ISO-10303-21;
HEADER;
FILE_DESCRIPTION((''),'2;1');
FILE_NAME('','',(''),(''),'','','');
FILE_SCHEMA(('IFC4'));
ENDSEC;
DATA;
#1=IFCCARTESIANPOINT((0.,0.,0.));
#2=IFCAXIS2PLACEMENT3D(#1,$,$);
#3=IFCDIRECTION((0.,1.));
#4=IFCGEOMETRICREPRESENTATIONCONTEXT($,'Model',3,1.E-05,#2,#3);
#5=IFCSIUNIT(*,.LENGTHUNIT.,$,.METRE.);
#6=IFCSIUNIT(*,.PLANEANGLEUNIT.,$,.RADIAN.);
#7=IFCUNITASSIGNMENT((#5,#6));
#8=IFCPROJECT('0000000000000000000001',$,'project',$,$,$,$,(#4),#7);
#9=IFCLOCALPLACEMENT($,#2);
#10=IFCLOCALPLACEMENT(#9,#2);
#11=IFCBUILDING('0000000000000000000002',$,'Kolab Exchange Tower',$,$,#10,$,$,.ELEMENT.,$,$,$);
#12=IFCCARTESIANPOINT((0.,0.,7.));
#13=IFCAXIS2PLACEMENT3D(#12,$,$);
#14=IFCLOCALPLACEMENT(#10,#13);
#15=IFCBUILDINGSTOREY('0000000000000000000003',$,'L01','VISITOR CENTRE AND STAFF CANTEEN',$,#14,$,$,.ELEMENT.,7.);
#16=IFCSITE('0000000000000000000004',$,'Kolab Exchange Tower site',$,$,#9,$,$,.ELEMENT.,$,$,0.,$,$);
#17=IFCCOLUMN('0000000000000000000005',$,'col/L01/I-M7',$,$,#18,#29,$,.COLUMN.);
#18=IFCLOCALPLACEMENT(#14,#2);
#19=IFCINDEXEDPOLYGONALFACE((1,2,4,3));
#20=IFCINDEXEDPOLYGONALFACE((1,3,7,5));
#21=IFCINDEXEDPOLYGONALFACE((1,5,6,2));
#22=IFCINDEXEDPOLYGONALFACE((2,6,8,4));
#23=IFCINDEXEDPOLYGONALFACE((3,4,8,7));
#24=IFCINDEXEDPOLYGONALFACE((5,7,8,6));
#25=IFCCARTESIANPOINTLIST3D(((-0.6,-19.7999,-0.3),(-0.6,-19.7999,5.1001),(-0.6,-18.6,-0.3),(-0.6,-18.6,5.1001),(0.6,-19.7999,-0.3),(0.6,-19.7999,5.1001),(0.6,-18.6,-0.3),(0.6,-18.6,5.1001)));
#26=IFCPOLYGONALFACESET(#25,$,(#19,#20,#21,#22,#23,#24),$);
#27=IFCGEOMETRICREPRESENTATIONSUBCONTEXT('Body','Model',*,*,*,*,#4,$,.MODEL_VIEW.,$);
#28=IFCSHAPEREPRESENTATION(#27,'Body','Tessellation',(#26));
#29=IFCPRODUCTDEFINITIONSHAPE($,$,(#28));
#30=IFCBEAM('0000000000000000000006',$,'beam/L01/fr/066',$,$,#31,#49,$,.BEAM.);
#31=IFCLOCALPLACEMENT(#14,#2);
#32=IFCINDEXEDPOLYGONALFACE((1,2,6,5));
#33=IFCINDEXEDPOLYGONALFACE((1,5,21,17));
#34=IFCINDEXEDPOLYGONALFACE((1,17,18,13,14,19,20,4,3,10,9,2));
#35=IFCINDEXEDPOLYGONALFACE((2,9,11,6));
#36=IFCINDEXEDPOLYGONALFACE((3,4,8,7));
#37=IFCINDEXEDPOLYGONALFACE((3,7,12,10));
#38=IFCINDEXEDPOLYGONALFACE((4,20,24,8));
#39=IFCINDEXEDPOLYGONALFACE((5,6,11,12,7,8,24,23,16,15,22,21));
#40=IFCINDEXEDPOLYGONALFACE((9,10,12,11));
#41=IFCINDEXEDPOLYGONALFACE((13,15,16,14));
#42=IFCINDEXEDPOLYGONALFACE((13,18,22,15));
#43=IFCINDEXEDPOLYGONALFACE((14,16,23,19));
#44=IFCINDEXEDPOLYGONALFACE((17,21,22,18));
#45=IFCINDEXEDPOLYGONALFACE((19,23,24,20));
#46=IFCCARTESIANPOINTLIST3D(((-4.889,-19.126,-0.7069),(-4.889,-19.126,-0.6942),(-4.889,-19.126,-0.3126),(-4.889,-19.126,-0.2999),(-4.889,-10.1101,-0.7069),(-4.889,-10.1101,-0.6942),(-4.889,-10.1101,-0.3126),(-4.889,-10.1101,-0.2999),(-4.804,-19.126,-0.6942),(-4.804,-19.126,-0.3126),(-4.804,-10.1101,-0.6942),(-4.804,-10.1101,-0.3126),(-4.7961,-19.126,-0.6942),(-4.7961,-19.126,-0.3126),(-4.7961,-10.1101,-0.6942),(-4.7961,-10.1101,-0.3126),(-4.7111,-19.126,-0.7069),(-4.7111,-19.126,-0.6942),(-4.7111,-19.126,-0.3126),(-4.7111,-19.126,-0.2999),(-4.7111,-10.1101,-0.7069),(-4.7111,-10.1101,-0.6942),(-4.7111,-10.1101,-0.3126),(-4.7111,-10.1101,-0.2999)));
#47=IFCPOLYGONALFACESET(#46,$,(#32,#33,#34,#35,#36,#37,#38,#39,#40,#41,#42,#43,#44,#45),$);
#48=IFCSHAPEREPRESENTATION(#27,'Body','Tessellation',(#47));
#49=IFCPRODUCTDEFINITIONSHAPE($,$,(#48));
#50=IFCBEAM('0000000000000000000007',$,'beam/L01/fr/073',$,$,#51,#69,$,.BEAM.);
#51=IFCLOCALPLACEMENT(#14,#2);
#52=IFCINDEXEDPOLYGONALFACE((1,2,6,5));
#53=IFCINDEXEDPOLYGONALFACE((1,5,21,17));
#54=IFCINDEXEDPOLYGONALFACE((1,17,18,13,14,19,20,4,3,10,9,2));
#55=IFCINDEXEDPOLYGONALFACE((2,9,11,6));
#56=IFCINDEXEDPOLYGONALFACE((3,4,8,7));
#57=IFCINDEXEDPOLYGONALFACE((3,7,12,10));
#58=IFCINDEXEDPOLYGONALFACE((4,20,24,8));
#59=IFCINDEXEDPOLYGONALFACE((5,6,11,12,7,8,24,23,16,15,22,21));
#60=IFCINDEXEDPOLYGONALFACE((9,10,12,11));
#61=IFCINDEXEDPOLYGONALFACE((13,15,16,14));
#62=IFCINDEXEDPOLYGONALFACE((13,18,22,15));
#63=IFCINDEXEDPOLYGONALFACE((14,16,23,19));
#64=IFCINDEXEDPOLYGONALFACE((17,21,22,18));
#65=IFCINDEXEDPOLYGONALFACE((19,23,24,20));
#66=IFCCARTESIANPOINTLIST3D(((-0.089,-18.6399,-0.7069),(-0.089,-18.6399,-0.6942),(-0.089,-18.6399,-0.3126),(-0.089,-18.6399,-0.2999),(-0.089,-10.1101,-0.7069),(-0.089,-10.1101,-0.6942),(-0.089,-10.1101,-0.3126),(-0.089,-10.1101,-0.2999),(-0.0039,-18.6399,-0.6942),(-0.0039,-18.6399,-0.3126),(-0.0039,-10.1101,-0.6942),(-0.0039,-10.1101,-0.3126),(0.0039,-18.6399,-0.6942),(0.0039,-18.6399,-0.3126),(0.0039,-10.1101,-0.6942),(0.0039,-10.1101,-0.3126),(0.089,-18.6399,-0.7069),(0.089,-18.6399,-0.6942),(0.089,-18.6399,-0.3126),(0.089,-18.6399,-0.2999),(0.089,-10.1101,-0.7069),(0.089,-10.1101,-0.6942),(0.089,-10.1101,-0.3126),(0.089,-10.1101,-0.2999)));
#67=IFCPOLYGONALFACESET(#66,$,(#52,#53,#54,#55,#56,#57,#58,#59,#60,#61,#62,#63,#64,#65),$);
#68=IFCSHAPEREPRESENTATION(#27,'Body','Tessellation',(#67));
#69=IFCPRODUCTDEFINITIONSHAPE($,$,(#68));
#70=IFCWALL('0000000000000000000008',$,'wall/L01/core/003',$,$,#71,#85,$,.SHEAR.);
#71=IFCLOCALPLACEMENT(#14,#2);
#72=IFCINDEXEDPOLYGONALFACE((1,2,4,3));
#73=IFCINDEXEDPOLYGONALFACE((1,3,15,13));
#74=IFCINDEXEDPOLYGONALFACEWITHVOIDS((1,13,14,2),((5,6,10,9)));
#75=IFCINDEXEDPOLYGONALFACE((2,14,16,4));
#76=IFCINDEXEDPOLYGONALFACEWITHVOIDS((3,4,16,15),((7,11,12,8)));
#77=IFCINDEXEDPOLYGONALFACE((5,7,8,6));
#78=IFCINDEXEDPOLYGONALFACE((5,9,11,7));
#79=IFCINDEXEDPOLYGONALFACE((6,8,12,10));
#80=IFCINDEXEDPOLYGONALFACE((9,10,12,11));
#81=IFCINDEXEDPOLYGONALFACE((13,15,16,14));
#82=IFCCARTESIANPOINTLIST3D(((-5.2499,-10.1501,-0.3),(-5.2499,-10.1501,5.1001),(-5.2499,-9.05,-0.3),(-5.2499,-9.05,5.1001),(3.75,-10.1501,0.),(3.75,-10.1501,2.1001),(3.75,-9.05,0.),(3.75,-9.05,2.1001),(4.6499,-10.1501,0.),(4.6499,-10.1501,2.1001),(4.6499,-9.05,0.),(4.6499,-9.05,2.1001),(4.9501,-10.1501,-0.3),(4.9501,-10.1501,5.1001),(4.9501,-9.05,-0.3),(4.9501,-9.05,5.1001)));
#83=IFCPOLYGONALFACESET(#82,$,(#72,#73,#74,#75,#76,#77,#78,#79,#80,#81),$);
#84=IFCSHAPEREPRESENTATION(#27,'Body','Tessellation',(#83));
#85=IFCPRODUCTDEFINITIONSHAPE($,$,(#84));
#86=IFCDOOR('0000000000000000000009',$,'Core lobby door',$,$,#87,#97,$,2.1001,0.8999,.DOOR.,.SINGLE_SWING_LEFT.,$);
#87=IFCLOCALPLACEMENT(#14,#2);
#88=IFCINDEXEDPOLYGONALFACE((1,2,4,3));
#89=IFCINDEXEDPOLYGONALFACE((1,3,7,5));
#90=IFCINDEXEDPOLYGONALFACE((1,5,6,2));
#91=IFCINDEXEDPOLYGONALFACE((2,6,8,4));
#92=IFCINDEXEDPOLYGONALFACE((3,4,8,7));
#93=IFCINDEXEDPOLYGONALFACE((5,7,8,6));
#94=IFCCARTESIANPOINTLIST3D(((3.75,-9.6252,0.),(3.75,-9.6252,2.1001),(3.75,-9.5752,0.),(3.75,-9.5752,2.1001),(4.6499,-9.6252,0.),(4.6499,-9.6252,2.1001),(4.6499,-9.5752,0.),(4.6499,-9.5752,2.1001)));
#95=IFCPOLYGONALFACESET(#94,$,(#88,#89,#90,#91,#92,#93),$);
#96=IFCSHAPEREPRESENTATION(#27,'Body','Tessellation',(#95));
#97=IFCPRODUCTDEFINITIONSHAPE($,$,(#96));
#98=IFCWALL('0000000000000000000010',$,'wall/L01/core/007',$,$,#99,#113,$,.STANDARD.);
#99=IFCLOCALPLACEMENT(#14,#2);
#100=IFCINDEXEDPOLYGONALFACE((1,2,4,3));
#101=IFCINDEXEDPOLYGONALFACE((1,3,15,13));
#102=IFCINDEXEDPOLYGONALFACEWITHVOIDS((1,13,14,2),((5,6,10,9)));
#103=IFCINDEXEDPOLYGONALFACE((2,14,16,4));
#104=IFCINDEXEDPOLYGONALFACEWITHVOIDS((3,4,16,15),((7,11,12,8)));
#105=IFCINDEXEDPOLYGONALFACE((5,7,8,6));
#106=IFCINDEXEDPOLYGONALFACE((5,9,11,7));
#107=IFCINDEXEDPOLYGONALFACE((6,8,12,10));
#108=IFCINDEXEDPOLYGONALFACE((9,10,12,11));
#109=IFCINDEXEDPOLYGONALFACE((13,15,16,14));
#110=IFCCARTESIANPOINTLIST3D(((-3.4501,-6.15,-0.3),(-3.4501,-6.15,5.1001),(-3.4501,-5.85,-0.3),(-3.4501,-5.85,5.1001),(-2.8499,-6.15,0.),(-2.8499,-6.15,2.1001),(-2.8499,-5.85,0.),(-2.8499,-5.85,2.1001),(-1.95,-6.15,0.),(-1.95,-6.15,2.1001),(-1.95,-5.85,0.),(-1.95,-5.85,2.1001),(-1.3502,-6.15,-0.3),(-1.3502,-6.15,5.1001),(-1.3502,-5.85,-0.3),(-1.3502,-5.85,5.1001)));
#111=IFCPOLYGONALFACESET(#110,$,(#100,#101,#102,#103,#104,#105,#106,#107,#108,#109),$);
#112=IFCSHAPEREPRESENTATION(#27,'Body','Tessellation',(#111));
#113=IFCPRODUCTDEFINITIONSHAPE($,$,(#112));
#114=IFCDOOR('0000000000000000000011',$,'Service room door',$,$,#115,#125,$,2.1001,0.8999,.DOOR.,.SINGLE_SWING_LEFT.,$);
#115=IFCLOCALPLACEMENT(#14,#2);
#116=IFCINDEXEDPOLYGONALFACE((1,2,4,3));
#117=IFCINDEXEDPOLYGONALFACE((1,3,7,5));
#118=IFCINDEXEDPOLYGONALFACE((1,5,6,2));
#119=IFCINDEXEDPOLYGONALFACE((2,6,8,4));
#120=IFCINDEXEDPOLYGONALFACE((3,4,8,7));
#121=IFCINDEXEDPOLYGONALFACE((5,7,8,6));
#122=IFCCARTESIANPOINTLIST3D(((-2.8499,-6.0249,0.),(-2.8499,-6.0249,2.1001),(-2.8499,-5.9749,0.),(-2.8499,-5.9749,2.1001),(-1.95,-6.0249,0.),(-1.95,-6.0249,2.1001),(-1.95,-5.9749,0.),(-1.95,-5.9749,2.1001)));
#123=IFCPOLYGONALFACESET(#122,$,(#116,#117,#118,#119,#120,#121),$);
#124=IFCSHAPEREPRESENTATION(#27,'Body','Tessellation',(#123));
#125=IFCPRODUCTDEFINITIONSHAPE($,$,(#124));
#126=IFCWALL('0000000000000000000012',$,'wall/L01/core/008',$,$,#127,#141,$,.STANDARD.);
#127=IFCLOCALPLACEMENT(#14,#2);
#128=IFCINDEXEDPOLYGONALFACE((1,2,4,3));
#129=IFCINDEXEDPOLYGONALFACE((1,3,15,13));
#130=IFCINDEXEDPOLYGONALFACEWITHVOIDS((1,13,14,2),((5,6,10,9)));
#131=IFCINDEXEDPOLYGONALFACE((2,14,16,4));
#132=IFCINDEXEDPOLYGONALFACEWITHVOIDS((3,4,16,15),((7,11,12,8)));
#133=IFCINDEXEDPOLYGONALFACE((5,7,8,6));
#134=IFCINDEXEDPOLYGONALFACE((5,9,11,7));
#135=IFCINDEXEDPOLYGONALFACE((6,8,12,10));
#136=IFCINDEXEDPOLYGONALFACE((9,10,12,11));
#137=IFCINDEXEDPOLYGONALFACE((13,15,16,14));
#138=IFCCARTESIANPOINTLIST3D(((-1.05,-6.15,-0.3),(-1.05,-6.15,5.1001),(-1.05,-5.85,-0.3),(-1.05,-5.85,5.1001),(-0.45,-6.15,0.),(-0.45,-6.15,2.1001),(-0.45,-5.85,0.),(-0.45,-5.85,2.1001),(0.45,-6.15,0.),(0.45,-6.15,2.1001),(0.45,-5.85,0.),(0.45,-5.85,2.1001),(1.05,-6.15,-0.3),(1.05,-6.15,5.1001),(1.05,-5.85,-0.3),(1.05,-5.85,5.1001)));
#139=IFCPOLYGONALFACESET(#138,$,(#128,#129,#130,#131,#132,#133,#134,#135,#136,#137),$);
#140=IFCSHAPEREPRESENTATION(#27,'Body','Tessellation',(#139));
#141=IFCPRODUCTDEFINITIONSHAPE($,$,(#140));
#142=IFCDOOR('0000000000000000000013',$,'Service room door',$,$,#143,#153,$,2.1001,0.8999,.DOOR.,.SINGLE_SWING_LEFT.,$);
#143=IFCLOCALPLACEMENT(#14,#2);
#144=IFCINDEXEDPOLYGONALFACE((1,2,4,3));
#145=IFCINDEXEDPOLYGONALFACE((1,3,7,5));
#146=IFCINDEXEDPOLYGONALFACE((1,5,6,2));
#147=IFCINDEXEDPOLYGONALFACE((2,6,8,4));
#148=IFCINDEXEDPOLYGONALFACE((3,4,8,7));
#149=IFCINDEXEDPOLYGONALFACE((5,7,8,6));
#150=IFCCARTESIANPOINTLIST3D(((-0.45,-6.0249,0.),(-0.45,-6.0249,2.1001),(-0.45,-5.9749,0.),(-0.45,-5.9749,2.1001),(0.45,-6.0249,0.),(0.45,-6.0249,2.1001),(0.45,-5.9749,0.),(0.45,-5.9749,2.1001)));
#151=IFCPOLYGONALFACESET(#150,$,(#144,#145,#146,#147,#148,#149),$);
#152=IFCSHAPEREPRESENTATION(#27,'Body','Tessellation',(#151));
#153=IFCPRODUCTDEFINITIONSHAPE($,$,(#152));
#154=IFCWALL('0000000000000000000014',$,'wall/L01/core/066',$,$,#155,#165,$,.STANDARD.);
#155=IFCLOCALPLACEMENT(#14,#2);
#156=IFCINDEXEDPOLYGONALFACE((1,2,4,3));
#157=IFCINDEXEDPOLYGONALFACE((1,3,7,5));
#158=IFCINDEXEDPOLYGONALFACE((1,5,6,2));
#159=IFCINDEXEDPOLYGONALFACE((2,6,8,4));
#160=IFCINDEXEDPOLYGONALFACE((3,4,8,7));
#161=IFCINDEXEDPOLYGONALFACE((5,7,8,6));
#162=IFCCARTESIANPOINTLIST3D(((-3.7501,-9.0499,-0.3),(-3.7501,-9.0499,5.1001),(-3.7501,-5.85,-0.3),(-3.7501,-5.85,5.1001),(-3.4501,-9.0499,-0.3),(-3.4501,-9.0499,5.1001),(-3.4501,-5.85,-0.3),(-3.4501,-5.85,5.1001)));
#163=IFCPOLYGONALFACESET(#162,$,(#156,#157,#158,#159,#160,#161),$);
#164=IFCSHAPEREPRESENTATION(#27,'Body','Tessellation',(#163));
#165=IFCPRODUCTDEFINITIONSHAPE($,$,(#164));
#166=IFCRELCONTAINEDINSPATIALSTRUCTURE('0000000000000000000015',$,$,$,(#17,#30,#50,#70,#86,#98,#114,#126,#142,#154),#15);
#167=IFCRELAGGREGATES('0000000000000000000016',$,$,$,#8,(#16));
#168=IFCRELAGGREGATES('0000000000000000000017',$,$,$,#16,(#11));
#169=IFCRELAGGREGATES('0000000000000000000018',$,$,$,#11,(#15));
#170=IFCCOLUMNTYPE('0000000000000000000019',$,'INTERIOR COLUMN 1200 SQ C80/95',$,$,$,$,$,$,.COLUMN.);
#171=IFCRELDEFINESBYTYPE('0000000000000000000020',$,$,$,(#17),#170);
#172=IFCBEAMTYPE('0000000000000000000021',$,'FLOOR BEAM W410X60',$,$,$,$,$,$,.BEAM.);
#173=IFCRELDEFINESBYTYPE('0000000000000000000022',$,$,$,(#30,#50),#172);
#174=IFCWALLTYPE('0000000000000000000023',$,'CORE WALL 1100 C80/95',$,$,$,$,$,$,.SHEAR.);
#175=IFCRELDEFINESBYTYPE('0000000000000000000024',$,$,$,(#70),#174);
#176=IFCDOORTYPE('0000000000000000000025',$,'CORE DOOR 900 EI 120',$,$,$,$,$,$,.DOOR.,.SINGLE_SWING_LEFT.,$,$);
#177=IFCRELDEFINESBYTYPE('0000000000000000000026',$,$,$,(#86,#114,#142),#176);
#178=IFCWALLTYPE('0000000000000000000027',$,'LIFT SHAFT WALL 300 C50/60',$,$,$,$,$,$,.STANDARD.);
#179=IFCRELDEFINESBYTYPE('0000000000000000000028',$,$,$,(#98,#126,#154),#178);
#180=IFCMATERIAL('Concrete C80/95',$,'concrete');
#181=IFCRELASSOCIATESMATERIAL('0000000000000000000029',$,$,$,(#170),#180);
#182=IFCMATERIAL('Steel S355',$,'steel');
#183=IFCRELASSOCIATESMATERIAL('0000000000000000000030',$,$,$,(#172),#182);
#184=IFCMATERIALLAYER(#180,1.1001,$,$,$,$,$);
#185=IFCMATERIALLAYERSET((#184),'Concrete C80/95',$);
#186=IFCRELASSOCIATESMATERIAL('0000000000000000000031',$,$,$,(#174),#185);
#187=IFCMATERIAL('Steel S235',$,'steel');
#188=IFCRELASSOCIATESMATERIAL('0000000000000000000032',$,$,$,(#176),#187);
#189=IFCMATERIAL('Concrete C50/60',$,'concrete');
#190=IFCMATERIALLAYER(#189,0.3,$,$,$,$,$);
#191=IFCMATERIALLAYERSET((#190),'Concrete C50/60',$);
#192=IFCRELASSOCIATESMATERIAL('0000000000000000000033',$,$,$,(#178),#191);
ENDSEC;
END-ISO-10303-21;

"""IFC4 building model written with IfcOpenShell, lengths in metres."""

from ifc_helpers import new_model, si_unit, direction, frame, frame_2d, origin, origin_2d, place, context, subcontext, project, spatial, rectangle, i_section, extrude, material, layer, layer_set, material_profile, profile_set, type_object, element, fill, save


model = new_model("IFC4")

# Units and contexts
model_context = context("Model", 3, precision=1e-05, world=origin(), true_north=direction((0.0, 1.0)))
body_context = subcontext(model_context, "Body", "Model", "MODEL_VIEW")
ifc_project = project(units=[si_unit("LENGTHUNIT", "METRE"), si_unit("PLANEANGLEUNIT", "RADIAN")], contexts=[model_context])

# Site, building, storey
site_placement = place(None, origin())
site = spatial("IfcSite", under=ifc_project, at=site_placement, Name="Kolab Exchange Tower site", CompositionType="ELEMENT", RefElevation=0.0)
building_placement = place(site_placement, origin())
building = spatial("IfcBuilding", under=site, at=building_placement, Name="Kolab Exchange Tower", CompositionType="ELEMENT")
storey_placement = place(building_placement, frame((0.0, 0.0, 7.0)))
storey = spatial("IfcBuildingStorey", under=building, at=storey_placement, Name="L01", Description="VISITOR CENTRE AND STAFF CANTEEN", CompositionType="ELEMENT", Elevation=7.0)

# Column
ifc_material_1 = material(Name="Concrete C80/95", Category="concrete")
ifc_material_profile_1 = material_profile(ifc_material_1, rectangle(XDim=1.2, YDim=1.2, at=origin_2d()), Name="RC1200")
ifc_profile_set_1 = profile_set([ifc_material_profile_1], Name="Concrete C80/95")
column_type = type_object("IfcColumnType", Name="INTERIOR COLUMN 1200 SQ C80/95", PredefinedType="COLUMN", material=ifc_profile_set_1)
column_placement = place(storey_placement, frame((0.0, -19.2, -0.3), z_axis=(0.0, 0.0, 1.0), x_axis=(1.0, 0.0, 0.0)))
element("IfcColumn", 1, at=column_placement, inside=storey, type_object=column_type, Name="col/L01/I-M7", PredefinedType="COLUMN", context=body_context, shape_type="SweptSolid", body=[
    extrude(rectangle(XDim=1.2, YDim=1.2, at=origin_2d()), origin(), (0.0, 0.0, 1.0), 5.4001),
])

# Beams
ifc_material_2 = material(Name="Steel S355", Category="steel")
ifc_material_profile_2 = material_profile(ifc_material_2, i_section(OverallWidth=0.178, OverallDepth=0.407, WebThickness=0.0078, FlangeThickness=0.0127, at=origin_2d()), Name="W410X60")
ifc_profile_set_2 = profile_set([ifc_material_profile_2], Name="Steel S355")
beam_type = type_object("IfcBeamType", Name="FLOOR BEAM W410X60", PredefinedType="BEAM", material=ifc_profile_set_2)
beam_1_placement = place(storey_placement, frame((-4.8, -19.126, -0.5034), z_axis=(0.0, 1.0, 0.0), x_axis=(-1.0, 0.0, 0.0)))
element("IfcBeam", 2, at=beam_1_placement, inside=storey, type_object=beam_type, Name="beam/L01/fr/066", PredefinedType="BEAM", context=body_context, shape_type="SweptSolid", body=[
    extrude(i_section(OverallWidth=0.178, OverallDepth=0.407, WebThickness=0.0078, FlangeThickness=0.0127, at=origin_2d()), origin(), (0.0, 0.0, 1.0), 9.0159),
])
beam_2_placement = place(storey_placement, frame((0.0, -18.6399, -0.5034), z_axis=(0.0, 1.0, 0.0), x_axis=(-1.0, 0.0, 0.0)))
element("IfcBeam", 3, at=beam_2_placement, inside=storey, type_object=beam_type, Name="beam/L01/fr/073", PredefinedType="BEAM", context=body_context, shape_type="SweptSolid", body=[
    extrude(i_section(OverallWidth=0.178, OverallDepth=0.407, WebThickness=0.0078, FlangeThickness=0.0127, at=origin_2d()), origin(), (0.0, 0.0, 1.0), 8.5298),
])

# Walls, openings, doors
ifc_layer_1 = layer(ifc_material_1, 1.1001)
ifc_layer_set_1 = layer_set([ifc_layer_1], Name="Concrete C80/95")
wall_type_1 = type_object("IfcWallType", Name="CORE WALL 1100 C80/95", PredefinedType="SHEAR", material=ifc_layer_set_1)
wall_1_placement = place(storey_placement, frame((-5.25, -9.6001, -0.3), z_axis=(0.0, 0.0, 1.0), x_axis=(1.0, 0.0, 0.0)))
wall_1 = element("IfcWall", 4, at=wall_1_placement, inside=storey, type_object=wall_type_1, Name="wall/L01/core/003", PredefinedType="SHEAR", context=body_context, shape_type="SweptSolid", body=[
    extrude(rectangle(XDim=10.2, YDim=1.1001, at=frame_2d((5.1001, 0.0))), origin(), (0.0, 0.0, 1.0), 5.4001),
])
opening_1_placement = place(wall_1_placement, frame((9.0, 0.0, 0.3)))
opening_1 = element("IfcOpeningElement", 5, at=opening_1_placement, cuts=wall_1, PredefinedType="OPENING", context=body_context, shape_type="SweptSolid", body=[
    extrude(rectangle(XDim=0.8999, YDim=2.1001, at=frame_2d((0.45, 1.05))), frame((0.0, 0.5601, 0.0), z_axis=(0.0, -1.0, 0.0), x_axis=(1.0, 0.0, 0.0)), (0.0, 0.0, 1.0), 1.1201),
])
ifc_material_3 = material(Name="Steel S235", Category="steel")
door_type_1 = type_object("IfcDoorType", Name="CORE DOOR 900 EI 120", OperationType="SINGLE_SWING_LEFT", PredefinedType="DOOR", material=ifc_material_3)
door_1_placement = place(opening_1_placement, origin())
door_1 = element("IfcDoor", 6, at=door_1_placement, inside=storey, type_object=door_type_1, Name="Core lobby door", OperationType="SINGLE_SWING_LEFT", OverallHeight=2.1001, OverallWidth=0.8999, PredefinedType="DOOR", context=body_context, shape_type="SweptSolid", body=[
    extrude(rectangle(XDim=0.8999, YDim=2.1001, at=frame_2d((0.45, 1.05))), frame((0.0, 0.0249, 0.0), z_axis=(0.0, -1.0, 0.0), x_axis=(1.0, 0.0, 0.0)), (0.0, 0.0, 1.0), 0.05),
])
fill(opening_1, door_1)
ifc_material_4 = material(Name="Concrete C50/60", Category="concrete")
ifc_layer_2 = layer(ifc_material_4, 0.3)
ifc_layer_set_2 = layer_set([ifc_layer_2], Name="Concrete C50/60")
wall_type_2 = type_object("IfcWallType", Name="LIFT SHAFT WALL 300 C50/60", PredefinedType="STANDARD", material=ifc_layer_set_2)
wall_2_placement = place(storey_placement, frame((-3.45, -6.0, -0.3), z_axis=(0.0, 0.0, 1.0), x_axis=(1.0, 0.0, 0.0)))
wall_2 = element("IfcWall", 7, at=wall_2_placement, inside=storey, type_object=wall_type_2, Name="wall/L01/core/007", PredefinedType="STANDARD", context=body_context, shape_type="SweptSolid", body=[
    extrude(rectangle(XDim=2.0999, YDim=0.3, at=frame_2d((1.0498, 0.0))), origin(), (0.0, 0.0, 1.0), 5.4001),
])
opening_2_placement = place(wall_2_placement, frame((0.6001, 0.0, 0.3)))
opening_2 = element("IfcOpeningElement", 8, at=opening_2_placement, cuts=wall_2, PredefinedType="OPENING", context=body_context, shape_type="SweptSolid", body=[
    extrude(rectangle(XDim=0.8999, YDim=2.1001, at=frame_2d((0.45, 1.05))), frame((0.0, 0.1602, 0.0), z_axis=(0.0, -1.0, 0.0), x_axis=(1.0, 0.0, 0.0)), (0.0, 0.0, 1.0), 0.3201),
])
door_2_placement = place(opening_2_placement, frame((0.8999, 0.0, 0.0), z_axis=(0.0, 0.0, 1.0), x_axis=(-1.0, 0.0, 0.0)))
door_2 = element("IfcDoor", 9, at=door_2_placement, inside=storey, type_object=door_type_1, Name="Service room door", OperationType="SINGLE_SWING_LEFT", OverallHeight=2.1001, OverallWidth=0.8999, PredefinedType="DOOR", context=body_context, shape_type="SweptSolid", body=[
    extrude(rectangle(XDim=0.8999, YDim=2.1001, at=frame_2d((0.45, 1.05))), frame((0.0, 0.0249, 0.0), z_axis=(0.0, -1.0, 0.0), x_axis=(1.0, 0.0, 0.0)), (0.0, 0.0, 1.0), 0.05),
])
fill(opening_2, door_2)
wall_3_placement = place(storey_placement, frame((-1.05, -6.0, -0.3), z_axis=(0.0, 0.0, 1.0), x_axis=(1.0, 0.0, 0.0)))
wall_3 = element("IfcWall", 10, at=wall_3_placement, inside=storey, type_object=wall_type_2, Name="wall/L01/core/008", PredefinedType="STANDARD", context=body_context, shape_type="SweptSolid", body=[
    extrude(rectangle(XDim=2.1001, YDim=0.3, at=frame_2d((1.05, 0.0))), origin(), (0.0, 0.0, 1.0), 5.4001),
])
opening_3_placement = place(wall_3_placement, frame((0.6001, 0.0, 0.3)))
opening_3 = element("IfcOpeningElement", 11, at=opening_3_placement, cuts=wall_3, PredefinedType="OPENING", context=body_context, shape_type="SweptSolid", body=[
    extrude(rectangle(XDim=0.8999, YDim=2.1001, at=frame_2d((0.45, 1.05))), frame((0.0, 0.1602, 0.0), z_axis=(0.0, -1.0, 0.0), x_axis=(1.0, 0.0, 0.0)), (0.0, 0.0, 1.0), 0.3201),
])
door_3_placement = place(opening_3_placement, frame((0.8999, 0.0, 0.0), z_axis=(0.0, 0.0, 1.0), x_axis=(-1.0, 0.0, 0.0)))
door_3 = element("IfcDoor", 12, at=door_3_placement, inside=storey, type_object=door_type_1, Name="Service room door", OperationType="SINGLE_SWING_LEFT", OverallHeight=2.1001, OverallWidth=0.8999, PredefinedType="DOOR", context=body_context, shape_type="SweptSolid", body=[
    extrude(rectangle(XDim=0.8999, YDim=2.1001, at=frame_2d((0.45, 1.05))), frame((0.0, 0.0249, 0.0), z_axis=(0.0, -1.0, 0.0), x_axis=(1.0, 0.0, 0.0)), (0.0, 0.0, 1.0), 0.05),
])
fill(opening_3, door_3)

# Wall
wall_4_placement = place(storey_placement, frame((-3.6001, -9.05, -0.3), z_axis=(0.0, 0.0, 1.0), x_axis=(0.0, 1.0, 0.0)))
element("IfcWall", 13, at=wall_4_placement, inside=storey, type_object=wall_type_2, Name="wall/L01/core/066", PredefinedType="STANDARD", context=body_context, shape_type="SweptSolid", body=[
    extrude(rectangle(XDim=3.2, YDim=0.3, at=frame_2d((1.6001, 0.0))), origin(), (0.0, 0.0, 1.0), 5.4001),
])

save(model, "model.ifc")
